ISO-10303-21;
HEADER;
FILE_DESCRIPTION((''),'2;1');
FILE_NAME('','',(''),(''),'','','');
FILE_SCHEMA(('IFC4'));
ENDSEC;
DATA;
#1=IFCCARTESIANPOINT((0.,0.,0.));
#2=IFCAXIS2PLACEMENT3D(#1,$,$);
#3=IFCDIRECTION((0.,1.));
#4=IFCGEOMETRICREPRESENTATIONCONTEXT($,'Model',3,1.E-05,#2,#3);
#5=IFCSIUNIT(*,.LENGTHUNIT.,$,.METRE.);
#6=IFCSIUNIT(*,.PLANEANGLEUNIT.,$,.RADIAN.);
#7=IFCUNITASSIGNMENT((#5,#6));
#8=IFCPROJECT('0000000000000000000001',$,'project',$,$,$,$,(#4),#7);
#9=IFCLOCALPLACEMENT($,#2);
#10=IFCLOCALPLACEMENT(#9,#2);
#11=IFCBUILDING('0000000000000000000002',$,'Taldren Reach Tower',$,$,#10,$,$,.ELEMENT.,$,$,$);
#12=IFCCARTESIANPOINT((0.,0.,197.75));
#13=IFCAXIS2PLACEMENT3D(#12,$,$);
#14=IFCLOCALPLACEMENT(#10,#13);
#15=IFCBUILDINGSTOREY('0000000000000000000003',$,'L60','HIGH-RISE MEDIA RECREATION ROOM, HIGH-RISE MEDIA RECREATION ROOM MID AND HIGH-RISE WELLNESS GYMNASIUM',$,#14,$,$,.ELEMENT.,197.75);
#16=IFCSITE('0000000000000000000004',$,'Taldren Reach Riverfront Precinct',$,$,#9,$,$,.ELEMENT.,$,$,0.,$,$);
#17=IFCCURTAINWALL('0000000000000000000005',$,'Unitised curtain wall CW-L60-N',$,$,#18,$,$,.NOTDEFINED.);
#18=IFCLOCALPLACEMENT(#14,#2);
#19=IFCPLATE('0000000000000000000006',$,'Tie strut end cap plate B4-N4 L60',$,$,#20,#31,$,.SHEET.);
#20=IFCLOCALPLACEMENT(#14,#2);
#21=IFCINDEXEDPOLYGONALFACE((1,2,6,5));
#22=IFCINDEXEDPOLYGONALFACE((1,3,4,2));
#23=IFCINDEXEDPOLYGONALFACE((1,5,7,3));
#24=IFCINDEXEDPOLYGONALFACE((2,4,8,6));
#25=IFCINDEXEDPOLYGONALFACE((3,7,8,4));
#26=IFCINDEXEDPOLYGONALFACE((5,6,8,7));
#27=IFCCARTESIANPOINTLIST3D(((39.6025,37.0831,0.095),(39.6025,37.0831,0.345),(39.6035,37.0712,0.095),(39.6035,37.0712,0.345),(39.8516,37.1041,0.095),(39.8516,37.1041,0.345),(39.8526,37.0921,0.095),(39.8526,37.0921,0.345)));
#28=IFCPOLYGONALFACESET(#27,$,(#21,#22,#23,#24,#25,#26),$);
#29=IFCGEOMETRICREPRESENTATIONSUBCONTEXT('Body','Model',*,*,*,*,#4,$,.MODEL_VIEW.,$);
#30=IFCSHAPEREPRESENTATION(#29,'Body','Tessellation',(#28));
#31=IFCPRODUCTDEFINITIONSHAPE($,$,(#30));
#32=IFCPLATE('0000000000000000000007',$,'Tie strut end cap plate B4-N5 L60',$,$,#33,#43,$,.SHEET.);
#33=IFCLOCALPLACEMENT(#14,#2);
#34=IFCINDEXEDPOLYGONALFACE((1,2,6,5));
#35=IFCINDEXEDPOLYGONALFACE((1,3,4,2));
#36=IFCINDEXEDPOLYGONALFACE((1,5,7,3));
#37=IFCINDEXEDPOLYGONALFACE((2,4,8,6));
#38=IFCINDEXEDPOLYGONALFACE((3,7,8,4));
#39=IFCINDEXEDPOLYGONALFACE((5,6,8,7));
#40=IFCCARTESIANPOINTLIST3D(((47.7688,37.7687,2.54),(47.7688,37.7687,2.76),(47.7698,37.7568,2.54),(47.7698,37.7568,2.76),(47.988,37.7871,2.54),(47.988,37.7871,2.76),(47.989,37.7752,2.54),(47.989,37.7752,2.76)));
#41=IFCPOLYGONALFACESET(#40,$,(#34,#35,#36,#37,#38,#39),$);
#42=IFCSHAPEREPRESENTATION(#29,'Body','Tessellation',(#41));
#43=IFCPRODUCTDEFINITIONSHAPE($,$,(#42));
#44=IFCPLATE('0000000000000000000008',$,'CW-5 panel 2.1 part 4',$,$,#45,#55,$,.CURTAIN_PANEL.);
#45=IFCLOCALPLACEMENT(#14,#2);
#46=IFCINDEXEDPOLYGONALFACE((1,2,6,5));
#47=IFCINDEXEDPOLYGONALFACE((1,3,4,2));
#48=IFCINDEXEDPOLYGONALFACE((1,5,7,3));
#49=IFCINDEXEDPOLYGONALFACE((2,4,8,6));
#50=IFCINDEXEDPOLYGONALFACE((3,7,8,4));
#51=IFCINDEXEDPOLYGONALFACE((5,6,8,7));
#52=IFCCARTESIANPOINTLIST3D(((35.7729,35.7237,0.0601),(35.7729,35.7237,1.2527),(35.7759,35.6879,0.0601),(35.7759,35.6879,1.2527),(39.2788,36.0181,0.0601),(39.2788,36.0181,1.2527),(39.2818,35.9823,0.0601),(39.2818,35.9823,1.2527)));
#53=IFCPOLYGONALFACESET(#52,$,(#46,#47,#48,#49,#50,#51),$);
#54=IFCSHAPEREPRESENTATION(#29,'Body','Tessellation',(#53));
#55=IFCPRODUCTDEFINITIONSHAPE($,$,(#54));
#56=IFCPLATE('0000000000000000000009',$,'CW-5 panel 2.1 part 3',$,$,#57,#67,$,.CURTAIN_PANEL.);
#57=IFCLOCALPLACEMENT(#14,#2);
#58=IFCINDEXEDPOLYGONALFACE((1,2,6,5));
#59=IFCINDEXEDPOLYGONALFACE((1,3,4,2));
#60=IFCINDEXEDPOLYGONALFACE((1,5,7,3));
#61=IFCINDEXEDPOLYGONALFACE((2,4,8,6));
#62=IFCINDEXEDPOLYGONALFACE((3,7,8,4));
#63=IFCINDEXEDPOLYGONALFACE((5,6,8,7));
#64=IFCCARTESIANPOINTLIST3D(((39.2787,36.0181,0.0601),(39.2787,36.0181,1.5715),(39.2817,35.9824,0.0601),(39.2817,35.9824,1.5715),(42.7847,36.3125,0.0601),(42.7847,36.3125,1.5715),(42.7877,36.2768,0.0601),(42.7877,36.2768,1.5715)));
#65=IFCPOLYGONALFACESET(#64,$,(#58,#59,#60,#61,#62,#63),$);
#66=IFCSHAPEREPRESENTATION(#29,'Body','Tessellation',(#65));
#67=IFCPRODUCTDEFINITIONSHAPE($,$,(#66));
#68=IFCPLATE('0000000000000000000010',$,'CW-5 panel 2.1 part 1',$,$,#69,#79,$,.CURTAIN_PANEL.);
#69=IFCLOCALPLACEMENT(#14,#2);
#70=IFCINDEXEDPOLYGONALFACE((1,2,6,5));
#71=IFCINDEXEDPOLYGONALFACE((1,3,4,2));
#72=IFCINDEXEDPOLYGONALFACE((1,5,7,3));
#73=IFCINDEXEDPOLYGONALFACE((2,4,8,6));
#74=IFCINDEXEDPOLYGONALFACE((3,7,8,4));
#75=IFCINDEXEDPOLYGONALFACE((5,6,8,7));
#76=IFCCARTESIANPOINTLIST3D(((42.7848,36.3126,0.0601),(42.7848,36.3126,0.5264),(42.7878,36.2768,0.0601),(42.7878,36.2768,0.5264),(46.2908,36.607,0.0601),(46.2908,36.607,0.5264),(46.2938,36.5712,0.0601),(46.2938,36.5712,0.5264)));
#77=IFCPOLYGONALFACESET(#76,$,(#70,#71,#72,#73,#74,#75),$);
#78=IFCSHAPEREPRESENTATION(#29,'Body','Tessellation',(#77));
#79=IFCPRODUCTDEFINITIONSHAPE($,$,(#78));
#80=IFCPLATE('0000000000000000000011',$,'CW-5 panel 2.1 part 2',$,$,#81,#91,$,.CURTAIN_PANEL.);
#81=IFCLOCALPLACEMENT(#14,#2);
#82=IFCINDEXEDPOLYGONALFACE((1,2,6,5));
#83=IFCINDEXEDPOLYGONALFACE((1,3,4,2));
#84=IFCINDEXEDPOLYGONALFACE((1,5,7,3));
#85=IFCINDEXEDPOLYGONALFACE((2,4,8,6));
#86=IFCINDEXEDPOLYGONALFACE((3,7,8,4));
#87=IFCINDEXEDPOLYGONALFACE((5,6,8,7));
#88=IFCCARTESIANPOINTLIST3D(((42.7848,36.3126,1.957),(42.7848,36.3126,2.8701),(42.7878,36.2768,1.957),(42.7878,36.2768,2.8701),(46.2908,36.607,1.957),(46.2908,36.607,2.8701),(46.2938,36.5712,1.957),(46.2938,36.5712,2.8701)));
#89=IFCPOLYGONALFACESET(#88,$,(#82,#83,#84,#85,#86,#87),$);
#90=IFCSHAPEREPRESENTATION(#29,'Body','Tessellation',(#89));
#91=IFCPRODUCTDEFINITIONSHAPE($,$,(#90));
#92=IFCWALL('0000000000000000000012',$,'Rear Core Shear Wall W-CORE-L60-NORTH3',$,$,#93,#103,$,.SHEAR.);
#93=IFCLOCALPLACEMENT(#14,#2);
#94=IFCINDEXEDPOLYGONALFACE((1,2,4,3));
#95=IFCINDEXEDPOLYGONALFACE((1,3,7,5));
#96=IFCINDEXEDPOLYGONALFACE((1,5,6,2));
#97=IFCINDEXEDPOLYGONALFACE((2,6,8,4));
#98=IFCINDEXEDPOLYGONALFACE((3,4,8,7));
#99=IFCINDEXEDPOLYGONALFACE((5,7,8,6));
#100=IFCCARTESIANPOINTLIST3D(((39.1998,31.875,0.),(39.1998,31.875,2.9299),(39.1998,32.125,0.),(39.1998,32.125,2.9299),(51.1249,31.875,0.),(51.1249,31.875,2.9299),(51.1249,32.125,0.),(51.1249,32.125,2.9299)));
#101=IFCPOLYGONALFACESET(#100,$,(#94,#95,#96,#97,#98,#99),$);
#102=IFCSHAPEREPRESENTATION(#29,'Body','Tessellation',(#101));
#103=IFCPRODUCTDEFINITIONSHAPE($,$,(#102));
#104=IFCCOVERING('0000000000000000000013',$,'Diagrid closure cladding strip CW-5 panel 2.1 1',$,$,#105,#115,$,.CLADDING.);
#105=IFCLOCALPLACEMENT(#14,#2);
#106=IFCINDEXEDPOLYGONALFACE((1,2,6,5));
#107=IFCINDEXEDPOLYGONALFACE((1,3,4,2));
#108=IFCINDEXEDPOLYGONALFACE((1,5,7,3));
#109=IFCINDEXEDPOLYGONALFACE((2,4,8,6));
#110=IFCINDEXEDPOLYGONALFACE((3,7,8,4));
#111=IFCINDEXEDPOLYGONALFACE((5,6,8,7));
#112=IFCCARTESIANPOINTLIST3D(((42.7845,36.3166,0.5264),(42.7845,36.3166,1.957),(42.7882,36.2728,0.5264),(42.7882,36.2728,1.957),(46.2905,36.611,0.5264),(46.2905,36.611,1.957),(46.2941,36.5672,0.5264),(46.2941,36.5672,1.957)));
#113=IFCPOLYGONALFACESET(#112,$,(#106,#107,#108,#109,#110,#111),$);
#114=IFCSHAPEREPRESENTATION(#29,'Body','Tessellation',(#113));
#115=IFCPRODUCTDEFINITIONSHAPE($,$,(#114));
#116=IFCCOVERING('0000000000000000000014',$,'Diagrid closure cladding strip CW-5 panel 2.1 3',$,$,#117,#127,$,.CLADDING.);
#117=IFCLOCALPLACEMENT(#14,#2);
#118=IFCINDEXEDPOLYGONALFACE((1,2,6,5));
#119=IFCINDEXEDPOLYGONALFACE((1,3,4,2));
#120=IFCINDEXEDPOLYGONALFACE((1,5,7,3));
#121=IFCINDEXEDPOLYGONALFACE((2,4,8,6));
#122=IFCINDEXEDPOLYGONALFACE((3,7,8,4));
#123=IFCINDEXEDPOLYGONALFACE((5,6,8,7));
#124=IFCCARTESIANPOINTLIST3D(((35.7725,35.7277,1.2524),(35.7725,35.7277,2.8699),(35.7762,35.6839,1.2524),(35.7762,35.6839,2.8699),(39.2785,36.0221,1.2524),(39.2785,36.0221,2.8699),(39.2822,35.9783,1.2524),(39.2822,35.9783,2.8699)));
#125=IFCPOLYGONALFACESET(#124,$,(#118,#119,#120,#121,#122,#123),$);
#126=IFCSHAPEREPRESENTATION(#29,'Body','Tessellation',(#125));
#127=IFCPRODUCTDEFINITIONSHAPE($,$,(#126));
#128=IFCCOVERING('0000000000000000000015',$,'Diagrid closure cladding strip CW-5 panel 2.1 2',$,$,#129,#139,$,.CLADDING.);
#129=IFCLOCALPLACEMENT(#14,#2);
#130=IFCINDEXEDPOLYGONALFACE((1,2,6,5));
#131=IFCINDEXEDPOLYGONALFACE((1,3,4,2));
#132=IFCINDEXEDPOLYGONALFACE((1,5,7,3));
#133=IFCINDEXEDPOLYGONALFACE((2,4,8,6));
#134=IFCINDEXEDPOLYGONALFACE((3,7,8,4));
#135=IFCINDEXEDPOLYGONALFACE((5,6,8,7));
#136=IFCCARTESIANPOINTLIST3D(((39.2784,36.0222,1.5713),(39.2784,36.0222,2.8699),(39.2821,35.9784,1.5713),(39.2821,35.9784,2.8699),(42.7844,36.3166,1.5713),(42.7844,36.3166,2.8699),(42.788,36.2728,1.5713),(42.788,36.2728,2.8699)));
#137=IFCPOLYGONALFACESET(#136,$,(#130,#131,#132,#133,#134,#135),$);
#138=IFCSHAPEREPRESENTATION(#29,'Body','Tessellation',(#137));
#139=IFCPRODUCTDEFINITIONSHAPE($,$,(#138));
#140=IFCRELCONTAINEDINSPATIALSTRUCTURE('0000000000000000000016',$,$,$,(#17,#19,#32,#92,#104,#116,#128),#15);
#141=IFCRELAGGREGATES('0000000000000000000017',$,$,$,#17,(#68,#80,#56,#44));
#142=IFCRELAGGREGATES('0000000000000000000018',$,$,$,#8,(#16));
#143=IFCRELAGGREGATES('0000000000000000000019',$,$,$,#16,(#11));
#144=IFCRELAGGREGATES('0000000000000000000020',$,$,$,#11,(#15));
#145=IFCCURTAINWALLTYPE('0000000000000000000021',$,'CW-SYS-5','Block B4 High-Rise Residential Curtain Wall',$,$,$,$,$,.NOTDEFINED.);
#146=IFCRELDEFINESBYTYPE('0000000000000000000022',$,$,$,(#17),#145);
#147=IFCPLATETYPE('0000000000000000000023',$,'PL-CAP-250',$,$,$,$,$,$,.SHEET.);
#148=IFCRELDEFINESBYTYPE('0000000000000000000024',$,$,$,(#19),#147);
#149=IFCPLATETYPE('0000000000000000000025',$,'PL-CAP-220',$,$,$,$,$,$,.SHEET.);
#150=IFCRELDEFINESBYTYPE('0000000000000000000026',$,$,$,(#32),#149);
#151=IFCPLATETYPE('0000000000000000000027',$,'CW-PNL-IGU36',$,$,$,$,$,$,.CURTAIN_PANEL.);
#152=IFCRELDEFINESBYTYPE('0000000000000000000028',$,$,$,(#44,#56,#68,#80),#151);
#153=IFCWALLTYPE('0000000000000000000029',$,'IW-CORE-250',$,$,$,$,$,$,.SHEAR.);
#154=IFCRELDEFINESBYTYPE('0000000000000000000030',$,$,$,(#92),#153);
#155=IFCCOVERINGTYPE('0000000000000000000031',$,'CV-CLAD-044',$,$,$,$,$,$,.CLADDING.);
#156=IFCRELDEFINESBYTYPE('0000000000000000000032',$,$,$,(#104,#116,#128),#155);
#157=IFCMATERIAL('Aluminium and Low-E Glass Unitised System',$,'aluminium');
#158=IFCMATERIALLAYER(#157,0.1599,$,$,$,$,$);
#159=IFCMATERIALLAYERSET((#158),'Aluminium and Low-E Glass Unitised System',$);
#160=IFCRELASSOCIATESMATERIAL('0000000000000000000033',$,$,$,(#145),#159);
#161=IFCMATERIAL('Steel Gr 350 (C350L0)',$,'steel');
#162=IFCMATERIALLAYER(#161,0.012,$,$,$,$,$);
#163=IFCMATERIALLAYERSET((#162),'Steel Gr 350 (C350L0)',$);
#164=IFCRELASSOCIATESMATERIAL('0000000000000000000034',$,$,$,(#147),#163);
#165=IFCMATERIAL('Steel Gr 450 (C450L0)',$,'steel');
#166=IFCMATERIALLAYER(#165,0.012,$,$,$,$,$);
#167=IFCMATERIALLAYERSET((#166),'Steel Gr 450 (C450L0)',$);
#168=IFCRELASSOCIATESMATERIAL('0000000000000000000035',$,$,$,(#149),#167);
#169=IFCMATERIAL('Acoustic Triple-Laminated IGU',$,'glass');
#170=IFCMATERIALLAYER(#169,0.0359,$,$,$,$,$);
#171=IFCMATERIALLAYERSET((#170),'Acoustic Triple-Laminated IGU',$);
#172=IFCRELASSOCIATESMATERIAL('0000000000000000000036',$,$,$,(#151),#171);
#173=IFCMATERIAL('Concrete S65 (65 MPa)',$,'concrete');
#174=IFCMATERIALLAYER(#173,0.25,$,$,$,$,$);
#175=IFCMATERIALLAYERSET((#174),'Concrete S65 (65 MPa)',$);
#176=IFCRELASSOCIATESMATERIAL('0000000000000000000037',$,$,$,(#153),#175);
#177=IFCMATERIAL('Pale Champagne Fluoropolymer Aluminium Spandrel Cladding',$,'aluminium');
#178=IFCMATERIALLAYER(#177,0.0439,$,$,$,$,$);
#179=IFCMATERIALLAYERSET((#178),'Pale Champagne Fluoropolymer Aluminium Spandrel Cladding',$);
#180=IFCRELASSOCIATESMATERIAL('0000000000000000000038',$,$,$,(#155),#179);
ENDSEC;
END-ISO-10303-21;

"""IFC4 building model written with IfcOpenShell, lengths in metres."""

from ifc_helpers import new_model, si_unit, direction, frame, frame_2d, origin, origin_2d, place, context, subcontext, project, spatial, rectangle, extrude, source, transform, mapped, material, layer, layer_set, type_object, element, aggregate, save


model = new_model("IFC4")

# Units and contexts
model_context = context("Model", 3, precision=1e-05, world=origin(), true_north=direction((0.0, 1.0)))
body_context = subcontext(model_context, "Body", "Model", "MODEL_VIEW")
ifc_project = project(units=[si_unit("LENGTHUNIT", "METRE"), si_unit("PLANEANGLEUNIT", "RADIAN")], contexts=[model_context])

# Site, building, storey
site_placement = place(None, origin())
site = spatial("IfcSite", under=ifc_project, at=site_placement, Name="Taldren Reach Riverfront Precinct", CompositionType="ELEMENT", RefElevation=0.0)
building_placement = place(site_placement, origin())
building = spatial("IfcBuilding", under=site, at=building_placement, Name="Taldren Reach Tower", CompositionType="ELEMENT")
storey_placement = place(building_placement, frame((0.0, 0.0, 197.75)))
storey = spatial("IfcBuildingStorey", under=building, at=storey_placement, Name="L60", Description="HIGH-RISE MEDIA RECREATION ROOM, HIGH-RISE MEDIA RECREATION ROOM MID AND HIGH-RISE WELLNESS GYMNASIUM", CompositionType="ELEMENT", Elevation=197.75)

# Shared definitions
ifc_material_1 = material(Name="Steel Gr 450 (C450L0)", Category="steel")

# Shared definitions
ifc_material_2 = material(Name="Steel Gr 350 (C350L0)", Category="steel")

# Curtain wall
ifc_material_3 = material(Name="Aluminium and Low-E Glass Unitised System", Category="aluminium")
ifc_layer_1 = layer(ifc_material_3, 0.1599)
ifc_layer_set_1 = layer_set([ifc_layer_1], Name="Aluminium and Low-E Glass Unitised System")
curtain_wall_type = type_object("IfcCurtainWallType", Name="CW-SYS-5", Description="Block B4 High-Rise Residential Curtain Wall", PredefinedType="NOTDEFINED", material=ifc_layer_set_1)
curtain_wall_placement = place(storey_placement, origin())
curtain_wall = element("IfcCurtainWall", 1, at=curtain_wall_placement, inside=storey, type_object=curtain_wall_type, Name="Unitised curtain wall CW-L60-N", PredefinedType="NOTDEFINED")

# Plates
ifc_layer_2 = layer(ifc_material_2, 0.012)
ifc_layer_set_2 = layer_set([ifc_layer_2], Name="Steel Gr 350 (C350L0)")
plate_type_1 = type_object("IfcPlateType", Name="PL-CAP-250", PredefinedType="SHEET", material=ifc_layer_set_2)
shared_shape_1 = source(origin(), body_context, "Body", "SweptSolid", [
    extrude(rectangle(XDim=0.25, YDim=0.012, at=origin_2d()), origin(), (0.0, 0.0, 1.0), 0.25),
])
plate_1_placement = place(storey_placement, frame((39.7275, 37.0876, 0.095), z_axis=(0.0, 0.0, 1.0), x_axis=(0.996493, 0.083678, 0.0)))
element("IfcPlate", 2, at=plate_1_placement, inside=storey, type_object=plate_type_1, Name="Tie strut end cap plate B4-N4 L60", PredefinedType="SHEET", context=body_context, shape_type="MappedRepresentation", body=[
    mapped(shared_shape_1, transform((0.0, 0.0, 0.0), scale=1.0)),
])
ifc_layer_3 = layer(ifc_material_1, 0.012)
ifc_layer_set_3 = layer_set([ifc_layer_3], Name="Steel Gr 450 (C450L0)")
plate_type_2 = type_object("IfcPlateType", Name="PL-CAP-220", PredefinedType="SHEET", material=ifc_layer_set_3)
shared_shape_2 = source(origin(), body_context, "Body", "SweptSolid", [
    extrude(rectangle(XDim=0.22, YDim=0.012, at=origin_2d()), origin(), (0.0, 0.0, 1.0), 0.22),
])
plate_2_placement = place(storey_placement, frame((47.8789, 37.772, 2.54), z_axis=(0.0, 0.0, 1.0), x_axis=(0.996493, 0.083678, 0.0)))
element("IfcPlate", 3, at=plate_2_placement, inside=storey, type_object=plate_type_2, Name="Tie strut end cap plate B4-N5 L60", PredefinedType="SHEET", context=body_context, shape_type="MappedRepresentation", body=[
    mapped(shared_shape_2, transform((0.0, 0.0, 0.0), scale=1.0)),
])

# Plates
ifc_material_4 = material(Name="Acoustic Triple-Laminated IGU", Category="glass")
ifc_layer_4 = layer(ifc_material_4, 0.0359)
ifc_layer_set_4 = layer_set([ifc_layer_4], Name="Acoustic Triple-Laminated IGU")
plate_type_3 = type_object("IfcPlateType", Name="CW-PNL-IGU36", PredefinedType="CURTAIN_PANEL", material=ifc_layer_set_4)
shared_shape_3 = source(origin(), body_context, "Body", "SweptSolid", [
    extrude(rectangle(XDim=3.5183, YDim=0.0359, at=origin_2d()), origin(), (0.0, 0.0, 1.0), 1.1926),
])
plate_3_placement = place(storey_placement, frame((37.5273, 35.853, 0.0601), z_axis=(0.0, 0.0, 1.0), x_axis=(-0.996493, -0.083678, 0.0)))
plate_3 = element("IfcPlate", 4, at=plate_3_placement, type_object=plate_type_3, Name="CW-5 panel 2.1 part 4", PredefinedType="CURTAIN_PANEL", context=body_context, shape_type="MappedRepresentation", body=[
    mapped(shared_shape_3, transform((0.0, 0.0, 0.0), scale=1.0)),
])
shared_shape_4 = source(origin(), body_context, "Body", "SweptSolid", [
    extrude(rectangle(XDim=3.5183, YDim=0.0359, at=origin_2d()), origin(), (0.0, 0.0, 1.0), 1.5115),
])
plate_4_placement = place(storey_placement, frame((41.0332, 36.1475, 0.0601), z_axis=(0.0, 0.0, 1.0), x_axis=(-0.996493, -0.083678, 0.0)))
plate_4 = element("IfcPlate", 5, at=plate_4_placement, type_object=plate_type_3, Name="CW-5 panel 2.1 part 3", PredefinedType="CURTAIN_PANEL", context=body_context, shape_type="MappedRepresentation", body=[
    mapped(shared_shape_4, transform((0.0, 0.0, 0.0), scale=1.0)),
])
shared_shape_5 = source(origin(), body_context, "Body", "SweptSolid", [
    extrude(rectangle(XDim=3.5183, YDim=0.0359, at=origin_2d()), origin(), (0.0, 0.0, 1.0), 0.4663),
])
plate_5_placement = place(storey_placement, frame((44.5393, 36.4419, 0.0601), z_axis=(0.0, 0.0, 1.0), x_axis=(-0.996493, -0.083678, 0.0)))
plate_5 = element("IfcPlate", 6, at=plate_5_placement, type_object=plate_type_3, Name="CW-5 panel 2.1 part 1", PredefinedType="CURTAIN_PANEL", context=body_context, shape_type="MappedRepresentation", body=[
    mapped(shared_shape_5, transform((0.0, 0.0, 0.0), scale=1.0)),
])
shared_shape_6 = source(origin(), body_context, "Body", "SweptSolid", [
    extrude(rectangle(XDim=3.5183, YDim=0.0359, at=origin_2d()), origin(), (0.0, 0.0, 1.0), 0.9131),
])
plate_6_placement = place(storey_placement, frame((44.5393, 36.4419, 1.957), z_axis=(0.0, 0.0, 1.0), x_axis=(-0.996493, -0.083678, 0.0)))
plate_6 = element("IfcPlate", 7, at=plate_6_placement, type_object=plate_type_3, Name="CW-5 panel 2.1 part 2", PredefinedType="CURTAIN_PANEL", context=body_context, shape_type="MappedRepresentation", body=[
    mapped(shared_shape_6, transform((0.0, 0.0, 0.0), scale=1.0)),
])
aggregate(curtain_wall, [plate_5, plate_6, plate_4, plate_3])

# Wall
ifc_material_5 = material(Name="Concrete S65 (65 MPa)", Category="concrete")
ifc_layer_5 = layer(ifc_material_5, 0.25)
ifc_layer_set_5 = layer_set([ifc_layer_5], Name="Concrete S65 (65 MPa)")
wall_type = type_object("IfcWallType", Name="IW-CORE-250", PredefinedType="SHEAR", material=ifc_layer_set_5)
shared_shape_7 = source(origin(), body_context, "Body", "SweptSolid", [
    extrude(rectangle(XDim=11.925, YDim=0.25, at=frame_2d((5.9624, 0.0))), origin(), (0.0, 0.0, 1.0), 2.9299),
])
wall_placement = place(storey_placement, frame((39.2, 32.0, 0.0), z_axis=(0.0, 0.0, 1.0), x_axis=(1.0, 0.0, 0.0)))
element("IfcWall", 8, at=wall_placement, inside=storey, type_object=wall_type, Name="Rear Core Shear Wall W-CORE-L60-NORTH3", PredefinedType="SHEAR", context=body_context, shape_type="MappedRepresentation", body=[
    mapped(shared_shape_7, transform((0.0, 0.0, 0.0), scale=1.0)),
])

# Coverings
ifc_material_6 = material(Name="Pale Champagne Fluoropolymer Aluminium Spandrel Cladding", Category="aluminium")
ifc_layer_6 = layer(ifc_material_6, 0.0439)
ifc_layer_set_6 = layer_set([ifc_layer_6], Name="Pale Champagne Fluoropolymer Aluminium Spandrel Cladding")
covering_type = type_object("IfcCoveringType", Name="CV-CLAD-044", PredefinedType="CLADDING", material=ifc_layer_set_6)
shared_shape_8 = source(origin(), body_context, "Body", "SweptSolid", [
    extrude(rectangle(XDim=3.5183, YDim=0.0439, at=origin_2d()), origin(), (0.0, 0.0, 1.0), 1.4307),
])
covering_1_placement = place(storey_placement, frame((44.5393, 36.4419, 0.5264), z_axis=(0.0, 0.0, 1.0), x_axis=(-0.996493, -0.083678, 0.0)))
element("IfcCovering", 9, at=covering_1_placement, inside=storey, type_object=covering_type, Name="Diagrid closure cladding strip CW-5 panel 2.1 1", PredefinedType="CLADDING", context=body_context, shape_type="MappedRepresentation", body=[
    mapped(shared_shape_8, transform((0.0, 0.0, 0.0), scale=1.0)),
])
shared_shape_9 = source(origin(), body_context, "Body", "SweptSolid", [
    extrude(rectangle(XDim=3.5183, YDim=0.0439, at=origin_2d()), origin(), (0.0, 0.0, 1.0), 1.6174),
])
covering_2_placement = place(storey_placement, frame((37.5273, 35.853, 1.2524), z_axis=(0.0, 0.0, 1.0), x_axis=(-0.996493, -0.083678, 0.0)))
element("IfcCovering", 10, at=covering_2_placement, inside=storey, type_object=covering_type, Name="Diagrid closure cladding strip CW-5 panel 2.1 3", PredefinedType="CLADDING", context=body_context, shape_type="MappedRepresentation", body=[
    mapped(shared_shape_9, transform((0.0, 0.0, 0.0), scale=1.0)),
])
shared_shape_10 = source(origin(), body_context, "Body", "SweptSolid", [
    extrude(rectangle(XDim=3.5183, YDim=0.0439, at=origin_2d()), origin(), (0.0, 0.0, 1.0), 1.2986),
])
covering_3_placement = place(storey_placement, frame((41.0332, 36.1475, 1.5713), z_axis=(0.0, 0.0, 1.0), x_axis=(-0.996493, -0.083678, 0.0)))
element("IfcCovering", 11, at=covering_3_placement, inside=storey, type_object=covering_type, Name="Diagrid closure cladding strip CW-5 panel 2.1 2", PredefinedType="CLADDING", context=body_context, shape_type="MappedRepresentation", body=[
    mapped(shared_shape_10, transform((0.0, 0.0, 0.0), scale=1.0)),
])

save(model, "model.ifc")
